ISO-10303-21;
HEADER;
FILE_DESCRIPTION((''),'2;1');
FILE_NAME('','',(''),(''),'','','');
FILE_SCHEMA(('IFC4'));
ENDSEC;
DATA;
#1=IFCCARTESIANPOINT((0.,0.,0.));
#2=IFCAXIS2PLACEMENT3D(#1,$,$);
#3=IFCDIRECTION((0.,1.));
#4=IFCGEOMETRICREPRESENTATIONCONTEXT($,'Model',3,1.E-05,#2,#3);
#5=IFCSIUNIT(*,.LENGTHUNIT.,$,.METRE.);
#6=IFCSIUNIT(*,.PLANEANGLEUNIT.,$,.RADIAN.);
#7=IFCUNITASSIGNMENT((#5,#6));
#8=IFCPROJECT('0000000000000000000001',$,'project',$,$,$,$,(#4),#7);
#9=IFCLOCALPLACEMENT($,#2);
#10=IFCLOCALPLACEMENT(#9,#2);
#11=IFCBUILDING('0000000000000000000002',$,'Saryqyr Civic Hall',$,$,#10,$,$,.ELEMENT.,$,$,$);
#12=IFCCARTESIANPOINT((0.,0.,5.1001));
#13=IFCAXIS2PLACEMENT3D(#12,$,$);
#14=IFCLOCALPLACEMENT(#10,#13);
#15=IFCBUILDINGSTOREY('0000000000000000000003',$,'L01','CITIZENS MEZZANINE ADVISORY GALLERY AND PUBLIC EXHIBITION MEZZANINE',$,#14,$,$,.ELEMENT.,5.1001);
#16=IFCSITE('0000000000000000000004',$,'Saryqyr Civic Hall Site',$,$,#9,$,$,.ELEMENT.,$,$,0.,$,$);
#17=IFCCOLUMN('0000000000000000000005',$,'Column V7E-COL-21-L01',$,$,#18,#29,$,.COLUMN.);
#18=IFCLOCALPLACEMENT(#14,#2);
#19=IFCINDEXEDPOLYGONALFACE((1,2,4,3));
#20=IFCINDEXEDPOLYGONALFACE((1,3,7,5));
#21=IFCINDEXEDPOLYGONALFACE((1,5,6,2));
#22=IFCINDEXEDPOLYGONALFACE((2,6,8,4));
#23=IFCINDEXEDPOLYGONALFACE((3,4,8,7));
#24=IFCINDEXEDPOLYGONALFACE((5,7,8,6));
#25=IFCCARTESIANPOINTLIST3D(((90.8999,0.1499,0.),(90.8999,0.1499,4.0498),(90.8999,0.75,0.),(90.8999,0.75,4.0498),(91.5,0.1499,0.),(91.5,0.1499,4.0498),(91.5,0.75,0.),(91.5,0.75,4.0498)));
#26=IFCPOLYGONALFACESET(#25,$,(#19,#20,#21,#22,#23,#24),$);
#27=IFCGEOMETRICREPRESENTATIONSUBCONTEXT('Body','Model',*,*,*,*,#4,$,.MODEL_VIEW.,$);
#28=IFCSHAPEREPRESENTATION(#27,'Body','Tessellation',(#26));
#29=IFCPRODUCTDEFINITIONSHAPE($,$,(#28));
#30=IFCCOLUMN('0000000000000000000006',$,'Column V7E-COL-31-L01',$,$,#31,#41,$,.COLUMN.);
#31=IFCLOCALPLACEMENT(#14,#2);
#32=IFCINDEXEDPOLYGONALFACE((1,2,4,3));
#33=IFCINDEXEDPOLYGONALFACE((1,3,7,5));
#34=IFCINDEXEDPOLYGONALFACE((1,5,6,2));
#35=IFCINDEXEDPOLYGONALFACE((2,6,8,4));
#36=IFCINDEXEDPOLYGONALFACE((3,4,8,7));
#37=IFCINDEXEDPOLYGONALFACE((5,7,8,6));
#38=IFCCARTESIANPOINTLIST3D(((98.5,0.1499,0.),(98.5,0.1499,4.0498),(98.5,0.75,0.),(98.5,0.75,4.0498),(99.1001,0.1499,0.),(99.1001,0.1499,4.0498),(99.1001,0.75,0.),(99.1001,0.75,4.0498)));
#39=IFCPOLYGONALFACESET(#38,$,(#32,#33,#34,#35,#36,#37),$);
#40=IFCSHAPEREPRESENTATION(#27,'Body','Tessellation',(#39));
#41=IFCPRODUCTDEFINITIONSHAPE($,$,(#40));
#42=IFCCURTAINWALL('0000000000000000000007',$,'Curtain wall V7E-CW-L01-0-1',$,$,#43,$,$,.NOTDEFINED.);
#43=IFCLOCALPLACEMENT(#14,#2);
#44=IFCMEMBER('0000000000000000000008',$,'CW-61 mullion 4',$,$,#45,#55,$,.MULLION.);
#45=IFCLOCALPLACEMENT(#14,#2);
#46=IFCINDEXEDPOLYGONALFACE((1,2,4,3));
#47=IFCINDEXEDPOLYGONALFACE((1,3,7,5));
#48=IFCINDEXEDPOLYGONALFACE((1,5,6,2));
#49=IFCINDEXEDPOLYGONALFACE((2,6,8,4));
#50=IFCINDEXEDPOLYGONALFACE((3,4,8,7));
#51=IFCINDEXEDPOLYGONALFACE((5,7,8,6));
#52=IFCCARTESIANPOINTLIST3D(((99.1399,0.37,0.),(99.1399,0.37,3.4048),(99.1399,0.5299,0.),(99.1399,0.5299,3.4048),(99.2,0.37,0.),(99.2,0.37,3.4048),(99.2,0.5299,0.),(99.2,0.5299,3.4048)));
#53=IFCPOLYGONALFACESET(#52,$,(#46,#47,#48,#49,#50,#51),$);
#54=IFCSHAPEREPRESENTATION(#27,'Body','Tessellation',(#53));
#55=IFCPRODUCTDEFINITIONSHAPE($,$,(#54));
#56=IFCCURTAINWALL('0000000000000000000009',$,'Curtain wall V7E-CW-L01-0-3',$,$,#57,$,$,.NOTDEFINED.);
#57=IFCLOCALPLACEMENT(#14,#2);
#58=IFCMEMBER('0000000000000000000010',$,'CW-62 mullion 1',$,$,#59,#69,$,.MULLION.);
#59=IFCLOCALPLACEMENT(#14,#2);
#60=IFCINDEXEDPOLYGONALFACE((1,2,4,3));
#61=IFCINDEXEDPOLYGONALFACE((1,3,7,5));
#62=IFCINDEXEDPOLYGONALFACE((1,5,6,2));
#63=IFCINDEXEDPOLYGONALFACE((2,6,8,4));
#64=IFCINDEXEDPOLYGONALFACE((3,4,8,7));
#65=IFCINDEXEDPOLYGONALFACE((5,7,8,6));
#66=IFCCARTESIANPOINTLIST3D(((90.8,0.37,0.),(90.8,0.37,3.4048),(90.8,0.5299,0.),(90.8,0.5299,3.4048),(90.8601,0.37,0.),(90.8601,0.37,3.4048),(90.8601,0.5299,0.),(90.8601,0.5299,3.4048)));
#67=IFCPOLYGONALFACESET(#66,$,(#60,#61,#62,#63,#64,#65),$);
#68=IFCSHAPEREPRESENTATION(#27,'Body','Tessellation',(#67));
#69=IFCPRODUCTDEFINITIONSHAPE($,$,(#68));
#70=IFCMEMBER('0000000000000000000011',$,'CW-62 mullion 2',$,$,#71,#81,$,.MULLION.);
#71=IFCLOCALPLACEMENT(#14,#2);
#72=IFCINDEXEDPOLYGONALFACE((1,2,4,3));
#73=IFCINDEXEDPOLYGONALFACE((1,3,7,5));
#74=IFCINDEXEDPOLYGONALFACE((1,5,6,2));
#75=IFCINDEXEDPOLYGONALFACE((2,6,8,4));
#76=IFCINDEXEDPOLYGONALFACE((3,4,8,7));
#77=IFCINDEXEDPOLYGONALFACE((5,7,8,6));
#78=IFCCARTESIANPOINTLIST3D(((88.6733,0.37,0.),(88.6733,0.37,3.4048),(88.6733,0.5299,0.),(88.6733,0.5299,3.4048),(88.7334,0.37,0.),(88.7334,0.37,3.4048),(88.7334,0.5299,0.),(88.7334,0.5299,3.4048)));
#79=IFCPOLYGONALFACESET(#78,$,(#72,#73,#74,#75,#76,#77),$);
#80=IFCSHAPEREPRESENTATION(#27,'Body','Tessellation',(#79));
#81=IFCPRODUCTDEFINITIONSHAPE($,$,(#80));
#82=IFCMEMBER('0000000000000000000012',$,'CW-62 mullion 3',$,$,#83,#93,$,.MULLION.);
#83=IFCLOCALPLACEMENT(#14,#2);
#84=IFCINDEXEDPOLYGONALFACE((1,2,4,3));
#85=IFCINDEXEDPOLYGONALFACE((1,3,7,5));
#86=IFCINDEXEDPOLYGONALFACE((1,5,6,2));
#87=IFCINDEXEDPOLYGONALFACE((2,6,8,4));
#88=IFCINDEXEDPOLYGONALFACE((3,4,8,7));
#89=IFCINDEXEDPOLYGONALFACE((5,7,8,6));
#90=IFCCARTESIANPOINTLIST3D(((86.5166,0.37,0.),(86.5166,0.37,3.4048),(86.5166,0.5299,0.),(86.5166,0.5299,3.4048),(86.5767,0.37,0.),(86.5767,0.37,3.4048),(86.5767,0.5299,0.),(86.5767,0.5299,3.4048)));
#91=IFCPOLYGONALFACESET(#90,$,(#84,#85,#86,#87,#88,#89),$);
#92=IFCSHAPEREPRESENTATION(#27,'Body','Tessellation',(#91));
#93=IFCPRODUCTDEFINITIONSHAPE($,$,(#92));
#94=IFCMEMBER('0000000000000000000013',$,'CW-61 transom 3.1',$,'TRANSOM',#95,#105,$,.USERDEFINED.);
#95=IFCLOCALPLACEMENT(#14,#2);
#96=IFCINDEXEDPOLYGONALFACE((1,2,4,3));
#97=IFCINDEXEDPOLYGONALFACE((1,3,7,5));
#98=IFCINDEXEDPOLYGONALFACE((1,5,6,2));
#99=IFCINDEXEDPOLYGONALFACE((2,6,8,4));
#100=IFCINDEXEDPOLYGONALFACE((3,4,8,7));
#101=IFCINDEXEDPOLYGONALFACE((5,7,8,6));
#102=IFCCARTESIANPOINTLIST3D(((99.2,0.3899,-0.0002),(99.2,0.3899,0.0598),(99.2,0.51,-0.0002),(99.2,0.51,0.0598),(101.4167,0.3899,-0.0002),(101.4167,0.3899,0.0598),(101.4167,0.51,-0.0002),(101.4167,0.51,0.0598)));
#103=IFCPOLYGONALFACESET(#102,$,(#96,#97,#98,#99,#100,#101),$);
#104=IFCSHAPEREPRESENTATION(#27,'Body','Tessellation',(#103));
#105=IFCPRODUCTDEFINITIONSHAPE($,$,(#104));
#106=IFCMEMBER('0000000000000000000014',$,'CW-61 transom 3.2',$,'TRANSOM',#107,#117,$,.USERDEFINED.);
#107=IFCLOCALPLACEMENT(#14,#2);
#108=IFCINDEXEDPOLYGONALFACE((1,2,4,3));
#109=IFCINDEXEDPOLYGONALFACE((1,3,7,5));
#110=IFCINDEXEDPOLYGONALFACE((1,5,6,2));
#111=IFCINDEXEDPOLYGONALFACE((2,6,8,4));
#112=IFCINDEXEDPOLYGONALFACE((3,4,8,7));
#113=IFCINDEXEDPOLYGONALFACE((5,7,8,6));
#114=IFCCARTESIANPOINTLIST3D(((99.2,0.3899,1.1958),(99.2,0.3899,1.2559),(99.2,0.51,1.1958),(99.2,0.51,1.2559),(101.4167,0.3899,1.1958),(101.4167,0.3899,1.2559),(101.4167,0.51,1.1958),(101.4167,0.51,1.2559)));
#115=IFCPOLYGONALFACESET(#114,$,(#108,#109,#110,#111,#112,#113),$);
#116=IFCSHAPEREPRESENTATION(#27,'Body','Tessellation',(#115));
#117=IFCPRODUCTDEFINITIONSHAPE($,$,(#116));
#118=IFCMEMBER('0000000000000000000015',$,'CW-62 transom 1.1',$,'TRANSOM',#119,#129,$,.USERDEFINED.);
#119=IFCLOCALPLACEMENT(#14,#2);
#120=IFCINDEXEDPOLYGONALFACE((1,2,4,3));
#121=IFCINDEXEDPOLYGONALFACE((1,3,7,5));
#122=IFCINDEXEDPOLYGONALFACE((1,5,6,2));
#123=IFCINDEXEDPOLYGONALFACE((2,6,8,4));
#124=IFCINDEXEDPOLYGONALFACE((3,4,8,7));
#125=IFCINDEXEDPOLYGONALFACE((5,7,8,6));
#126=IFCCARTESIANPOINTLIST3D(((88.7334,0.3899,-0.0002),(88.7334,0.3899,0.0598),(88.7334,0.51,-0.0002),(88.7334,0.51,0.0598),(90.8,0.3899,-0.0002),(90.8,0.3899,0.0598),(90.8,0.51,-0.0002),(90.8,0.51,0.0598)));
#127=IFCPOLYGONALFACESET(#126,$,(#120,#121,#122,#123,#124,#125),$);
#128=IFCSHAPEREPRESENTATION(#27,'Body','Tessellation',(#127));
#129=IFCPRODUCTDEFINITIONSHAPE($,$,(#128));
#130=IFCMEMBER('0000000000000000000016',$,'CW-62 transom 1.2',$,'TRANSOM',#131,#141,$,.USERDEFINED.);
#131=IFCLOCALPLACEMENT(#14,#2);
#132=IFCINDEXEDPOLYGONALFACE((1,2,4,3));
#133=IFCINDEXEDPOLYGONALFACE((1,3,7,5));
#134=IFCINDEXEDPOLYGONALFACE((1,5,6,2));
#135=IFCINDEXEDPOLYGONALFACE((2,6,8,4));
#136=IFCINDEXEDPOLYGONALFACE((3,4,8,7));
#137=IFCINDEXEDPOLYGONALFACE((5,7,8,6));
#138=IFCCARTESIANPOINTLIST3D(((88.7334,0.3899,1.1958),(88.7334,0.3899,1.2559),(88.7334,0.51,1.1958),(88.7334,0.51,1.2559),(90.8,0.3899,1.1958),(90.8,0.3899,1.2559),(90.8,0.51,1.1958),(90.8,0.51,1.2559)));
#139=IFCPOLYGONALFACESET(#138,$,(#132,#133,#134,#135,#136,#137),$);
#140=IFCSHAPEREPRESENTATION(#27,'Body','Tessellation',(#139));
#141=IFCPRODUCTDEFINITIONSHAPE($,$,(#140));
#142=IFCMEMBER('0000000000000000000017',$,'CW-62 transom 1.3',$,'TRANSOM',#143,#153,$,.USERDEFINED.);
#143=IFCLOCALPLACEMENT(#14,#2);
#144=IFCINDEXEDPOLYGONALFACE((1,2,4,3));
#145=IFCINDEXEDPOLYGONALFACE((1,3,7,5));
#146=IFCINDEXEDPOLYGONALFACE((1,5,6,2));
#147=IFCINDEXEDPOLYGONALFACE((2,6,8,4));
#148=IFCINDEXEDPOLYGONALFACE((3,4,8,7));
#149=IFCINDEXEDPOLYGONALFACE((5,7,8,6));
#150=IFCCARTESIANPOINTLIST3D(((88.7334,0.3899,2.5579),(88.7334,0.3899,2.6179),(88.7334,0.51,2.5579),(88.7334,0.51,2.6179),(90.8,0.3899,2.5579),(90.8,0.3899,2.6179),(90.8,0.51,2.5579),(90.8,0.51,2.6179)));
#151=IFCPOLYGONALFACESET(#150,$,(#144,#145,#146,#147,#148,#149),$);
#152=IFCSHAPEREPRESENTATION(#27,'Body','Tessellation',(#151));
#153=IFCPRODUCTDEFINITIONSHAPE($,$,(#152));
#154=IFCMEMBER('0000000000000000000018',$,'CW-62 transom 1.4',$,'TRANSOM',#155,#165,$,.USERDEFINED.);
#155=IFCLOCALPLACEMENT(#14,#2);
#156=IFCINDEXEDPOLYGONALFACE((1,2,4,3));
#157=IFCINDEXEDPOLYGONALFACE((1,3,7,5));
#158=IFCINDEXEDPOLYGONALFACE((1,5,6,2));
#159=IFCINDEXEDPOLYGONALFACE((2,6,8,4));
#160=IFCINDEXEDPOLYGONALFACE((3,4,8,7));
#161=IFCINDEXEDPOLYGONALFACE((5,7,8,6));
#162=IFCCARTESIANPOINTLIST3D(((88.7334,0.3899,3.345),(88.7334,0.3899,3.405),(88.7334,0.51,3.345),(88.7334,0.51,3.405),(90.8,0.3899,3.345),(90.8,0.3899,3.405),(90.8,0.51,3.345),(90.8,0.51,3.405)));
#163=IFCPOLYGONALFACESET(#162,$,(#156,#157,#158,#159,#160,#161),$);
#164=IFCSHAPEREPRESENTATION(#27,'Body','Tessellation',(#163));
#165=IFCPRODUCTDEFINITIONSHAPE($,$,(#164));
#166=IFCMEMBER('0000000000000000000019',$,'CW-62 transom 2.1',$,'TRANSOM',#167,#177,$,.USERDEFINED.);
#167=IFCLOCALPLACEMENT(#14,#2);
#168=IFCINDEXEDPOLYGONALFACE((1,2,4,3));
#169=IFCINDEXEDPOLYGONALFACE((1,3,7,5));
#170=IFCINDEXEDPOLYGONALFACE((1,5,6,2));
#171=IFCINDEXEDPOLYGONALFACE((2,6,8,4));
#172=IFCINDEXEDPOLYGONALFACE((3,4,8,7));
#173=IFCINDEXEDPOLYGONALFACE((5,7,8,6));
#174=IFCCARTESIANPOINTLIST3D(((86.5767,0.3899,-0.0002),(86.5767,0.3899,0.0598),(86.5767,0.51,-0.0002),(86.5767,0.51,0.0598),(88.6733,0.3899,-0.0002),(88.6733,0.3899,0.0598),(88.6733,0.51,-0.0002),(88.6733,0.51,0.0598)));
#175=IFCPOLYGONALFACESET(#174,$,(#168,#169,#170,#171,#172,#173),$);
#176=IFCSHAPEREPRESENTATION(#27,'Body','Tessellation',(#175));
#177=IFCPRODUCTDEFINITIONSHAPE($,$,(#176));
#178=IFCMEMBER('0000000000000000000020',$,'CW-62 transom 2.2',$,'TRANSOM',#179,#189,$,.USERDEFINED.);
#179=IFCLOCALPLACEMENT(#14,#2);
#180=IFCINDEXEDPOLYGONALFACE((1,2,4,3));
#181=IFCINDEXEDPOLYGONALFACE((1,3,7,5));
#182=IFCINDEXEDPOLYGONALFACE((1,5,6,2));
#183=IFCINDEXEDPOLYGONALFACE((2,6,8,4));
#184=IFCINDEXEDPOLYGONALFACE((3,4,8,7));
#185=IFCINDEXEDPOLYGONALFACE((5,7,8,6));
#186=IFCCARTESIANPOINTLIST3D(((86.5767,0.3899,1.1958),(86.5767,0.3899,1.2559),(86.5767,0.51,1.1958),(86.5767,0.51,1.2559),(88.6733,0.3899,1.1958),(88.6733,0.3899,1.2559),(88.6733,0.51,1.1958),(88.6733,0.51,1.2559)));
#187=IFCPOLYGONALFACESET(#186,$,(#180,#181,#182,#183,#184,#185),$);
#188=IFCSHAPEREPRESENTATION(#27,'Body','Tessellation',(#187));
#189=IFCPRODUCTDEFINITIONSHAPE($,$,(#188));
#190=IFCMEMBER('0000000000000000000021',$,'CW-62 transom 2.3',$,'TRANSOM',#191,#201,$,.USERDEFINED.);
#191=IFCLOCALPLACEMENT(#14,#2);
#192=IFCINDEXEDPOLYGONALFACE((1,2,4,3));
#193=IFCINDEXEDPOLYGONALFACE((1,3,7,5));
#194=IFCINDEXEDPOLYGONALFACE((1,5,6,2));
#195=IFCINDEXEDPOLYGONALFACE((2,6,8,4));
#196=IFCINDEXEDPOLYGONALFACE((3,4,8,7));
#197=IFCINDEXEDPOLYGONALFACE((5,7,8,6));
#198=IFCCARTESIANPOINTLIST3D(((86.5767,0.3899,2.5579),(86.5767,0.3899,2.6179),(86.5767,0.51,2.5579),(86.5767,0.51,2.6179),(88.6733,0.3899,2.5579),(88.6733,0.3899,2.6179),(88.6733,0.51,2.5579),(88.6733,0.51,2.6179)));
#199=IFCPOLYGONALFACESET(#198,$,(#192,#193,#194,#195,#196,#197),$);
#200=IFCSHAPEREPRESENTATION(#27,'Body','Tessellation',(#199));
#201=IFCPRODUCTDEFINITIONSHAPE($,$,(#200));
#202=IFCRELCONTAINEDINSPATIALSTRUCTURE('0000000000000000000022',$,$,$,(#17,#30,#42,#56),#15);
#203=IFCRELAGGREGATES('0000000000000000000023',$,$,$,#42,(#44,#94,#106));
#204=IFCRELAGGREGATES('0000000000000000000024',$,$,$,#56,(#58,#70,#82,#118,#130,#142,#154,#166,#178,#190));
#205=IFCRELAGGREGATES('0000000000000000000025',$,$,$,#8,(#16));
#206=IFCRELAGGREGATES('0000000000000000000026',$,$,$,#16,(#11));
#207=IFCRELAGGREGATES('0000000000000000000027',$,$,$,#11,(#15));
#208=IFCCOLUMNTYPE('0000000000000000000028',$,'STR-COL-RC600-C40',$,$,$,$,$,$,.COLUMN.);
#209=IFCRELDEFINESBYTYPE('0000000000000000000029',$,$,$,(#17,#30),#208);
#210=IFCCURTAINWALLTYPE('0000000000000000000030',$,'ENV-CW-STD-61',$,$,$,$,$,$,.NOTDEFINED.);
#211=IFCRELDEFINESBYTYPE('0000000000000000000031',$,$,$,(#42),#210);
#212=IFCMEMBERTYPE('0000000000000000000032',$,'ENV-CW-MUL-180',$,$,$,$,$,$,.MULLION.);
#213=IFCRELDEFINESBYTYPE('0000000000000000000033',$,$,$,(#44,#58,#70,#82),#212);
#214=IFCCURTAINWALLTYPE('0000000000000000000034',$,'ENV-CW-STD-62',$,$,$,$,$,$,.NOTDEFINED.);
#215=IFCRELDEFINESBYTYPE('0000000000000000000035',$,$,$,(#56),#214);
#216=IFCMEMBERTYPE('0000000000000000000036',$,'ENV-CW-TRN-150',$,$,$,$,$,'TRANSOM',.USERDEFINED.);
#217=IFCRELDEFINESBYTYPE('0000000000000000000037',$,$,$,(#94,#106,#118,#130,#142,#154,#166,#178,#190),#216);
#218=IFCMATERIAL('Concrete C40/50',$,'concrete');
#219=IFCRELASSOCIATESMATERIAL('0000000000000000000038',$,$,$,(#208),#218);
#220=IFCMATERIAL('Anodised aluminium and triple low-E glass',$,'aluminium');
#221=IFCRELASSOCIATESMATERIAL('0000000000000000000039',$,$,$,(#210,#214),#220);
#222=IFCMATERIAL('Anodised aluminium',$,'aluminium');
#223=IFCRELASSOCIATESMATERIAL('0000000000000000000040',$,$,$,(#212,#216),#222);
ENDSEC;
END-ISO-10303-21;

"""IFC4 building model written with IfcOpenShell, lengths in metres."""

from ifc_helpers import new_model, si_unit, direction, frame, origin, origin_2d, place, context, subcontext, project, spatial, rectangle, extrude, material, material_profile, profile_set, type_object, element, aggregate, save


model = new_model("IFC4")

# Units and contexts
model_context = context("Model", 3, precision=1e-05, world=origin(), true_north=direction((0.0, 1.0)))
body_context = subcontext(model_context, "Body", "Model", "MODEL_VIEW")
ifc_project = project(units=[si_unit("LENGTHUNIT", "METRE"), si_unit("PLANEANGLEUNIT", "RADIAN")], contexts=[model_context])

# Site, building, storey
site_placement = place(None, origin())
site = spatial("IfcSite", under=ifc_project, at=site_placement, Name="Saryqyr Civic Hall Site", CompositionType="ELEMENT", RefElevation=0.0)
building_placement = place(site_placement, origin())
building = spatial("IfcBuilding", under=site, at=building_placement, Name="Saryqyr Civic Hall", CompositionType="ELEMENT")
storey_placement = place(building_placement, frame((0.0, 0.0, 5.1001)))
storey = spatial("IfcBuildingStorey", under=building, at=storey_placement, Name="L01", Description="CITIZENS MEZZANINE ADVISORY GALLERY AND PUBLIC EXHIBITION MEZZANINE", CompositionType="ELEMENT", Elevation=5.1001)

# Columns
ifc_material_1 = material(Name="Concrete C40/50", Category="concrete")
ifc_material_profile_1 = material_profile(ifc_material_1, rectangle(XDim=0.6001, YDim=0.6001, at=origin_2d()), Name="RC 600x600")
ifc_profile_set_1 = profile_set([ifc_material_profile_1], Name="Concrete C40/50")
column_type = type_object("IfcColumnType", Name="STR-COL-RC600-C40", PredefinedType="COLUMN", material=ifc_profile_set_1)
for number, where, z_axis, x_axis, name in (
    (1, (91.2, 0.45, 0.0), (0.0, 0.0, 1.0), (1.0, 0.0, 0.0), "Column V7E-COL-21-L01"),
    (2, (98.8, 0.45, 0.0), (0.0, 0.0, 1.0), (1.0, 0.0, 0.0), "Column V7E-COL-31-L01"),
):
    element("IfcColumn", number, at=place(storey_placement, frame(where, z_axis=z_axis, x_axis=x_axis)), inside=storey, type_object=column_type, Name=name, PredefinedType="COLUMN", context=body_context, shape_type="SweptSolid", body=[
        extrude(rectangle(XDim=0.6001, YDim=0.6001, at=origin_2d()), origin(), (0.0, 0.0, 1.0), 4.0498),
    ])

# Curtain wall, member
ifc_material_2 = material(Name="Anodised aluminium and triple low-E glass", Category="aluminium")
curtain_wall_type_1 = type_object("IfcCurtainWallType", Name="ENV-CW-STD-61", PredefinedType="NOTDEFINED", material=ifc_material_2)
curtain_wall_1_placement = place(storey_placement, origin())
curtain_wall_1 = element("IfcCurtainWall", 3, at=curtain_wall_1_placement, inside=storey, type_object=curtain_wall_type_1, Name="Curtain wall V7E-CW-L01-0-1", PredefinedType="NOTDEFINED")
ifc_material_3 = material(Name="Anodised aluminium", Category="aluminium")
ifc_material_profile_2 = material_profile(ifc_material_3, rectangle(XDim=0.0601, YDim=0.1599, at=origin_2d()), Name="ALU MULLION 60x160")
ifc_profile_set_2 = profile_set([ifc_material_profile_2], Name="Anodised aluminium")
member_type_1 = type_object("IfcMemberType", Name="ENV-CW-MUL-180", PredefinedType="MULLION", material=ifc_profile_set_2)
member_1_placement = place(storey_placement, frame((99.1699, 0.45, 0.0), z_axis=(0.0, 0.0, 1.0), x_axis=(-1.0, 0.0, 0.0)))
member_1 = element("IfcMember", 4, at=member_1_placement, type_object=member_type_1, Name="CW-61 mullion 4", PredefinedType="MULLION", context=body_context, shape_type="SweptSolid", body=[
    extrude(rectangle(XDim=0.0601, YDim=0.1599, at=origin_2d()), origin(), (0.0, 0.0, 1.0), 3.4048),
])

# Curtain wall, members
curtain_wall_type_2 = type_object("IfcCurtainWallType", Name="ENV-CW-STD-62", PredefinedType="NOTDEFINED", material=ifc_material_2)
curtain_wall_2_placement = place(storey_placement, origin())
curtain_wall_2 = element("IfcCurtainWall", 5, at=curtain_wall_2_placement, inside=storey, type_object=curtain_wall_type_2, Name="Curtain wall V7E-CW-L01-0-3", PredefinedType="NOTDEFINED")
member_2_placement = place(storey_placement, frame((90.8301, 0.45, 0.0), z_axis=(0.0, 0.0, 1.0), x_axis=(-1.0, 0.0, 0.0)))
member_2 = element("IfcMember", 6, at=member_2_placement, type_object=member_type_1, Name="CW-62 mullion 1", PredefinedType="MULLION", context=body_context, shape_type="SweptSolid", body=[
    extrude(rectangle(XDim=0.0601, YDim=0.1599, at=origin_2d()), origin(), (0.0, 0.0, 1.0), 3.4048),
])
member_3_placement = place(storey_placement, frame((88.7034, 0.45, 0.0), z_axis=(0.0, 0.0, 1.0), x_axis=(-1.0, 0.0, 0.0)))
member_3 = element("IfcMember", 7, at=member_3_placement, type_object=member_type_1, Name="CW-62 mullion 2", PredefinedType="MULLION", context=body_context, shape_type="SweptSolid", body=[
    extrude(rectangle(XDim=0.0601, YDim=0.1599, at=origin_2d()), origin(), (0.0, 0.0, 1.0), 3.4048),
])
member_4_placement = place(storey_placement, frame((86.5466, 0.45, 0.0), z_axis=(0.0, 0.0, 1.0), x_axis=(-1.0, 0.0, 0.0)))
member_4 = element("IfcMember", 8, at=member_4_placement, type_object=member_type_1, Name="CW-62 mullion 3", PredefinedType="MULLION", context=body_context, shape_type="SweptSolid", body=[
    extrude(rectangle(XDim=0.0601, YDim=0.1599, at=origin_2d()), origin(), (0.0, 0.0, 1.0), 3.4048),
])

# Members
ifc_material_profile_3 = material_profile(ifc_material_3, rectangle(XDim=0.1201, YDim=0.0601, at=origin_2d()), Name="ALU TRANSOM 120x60")
ifc_profile_set_3 = profile_set([ifc_material_profile_3], Name="Anodised aluminium")
member_type_2 = type_object("IfcMemberType", Name="ENV-CW-TRN-150", ElementType="TRANSOM", PredefinedType="USERDEFINED", material=ifc_profile_set_3)
member_5_placement = place(storey_placement, frame((101.4167, 0.45, 0.0298), z_axis=(-1.0, 0.0, 0.0), x_axis=(0.0, -1.0, 0.0)))
member_5 = element("IfcMember", 9, at=member_5_placement, type_object=member_type_2, Name="CW-61 transom 3.1", ObjectType="TRANSOM", PredefinedType="USERDEFINED", context=body_context, shape_type="SweptSolid", body=[
    extrude(rectangle(XDim=0.1201, YDim=0.0601, at=origin_2d()), origin(), (0.0, 0.0, 1.0), 2.2168),
])
member_6_placement = place(storey_placement, frame((101.4167, 0.45, 1.2258), z_axis=(-1.0, 0.0, 0.0), x_axis=(0.0, -1.0, 0.0)))
member_6 = element("IfcMember", 10, at=member_6_placement, type_object=member_type_2, Name="CW-61 transom 3.2", ObjectType="TRANSOM", PredefinedType="USERDEFINED", context=body_context, shape_type="SweptSolid", body=[
    extrude(rectangle(XDim=0.1201, YDim=0.0601, at=origin_2d()), origin(), (0.0, 0.0, 1.0), 2.2168),
])
member_7_placement = place(storey_placement, frame((90.8, 0.45, 0.0298), z_axis=(-1.0, 0.0, 0.0), x_axis=(0.0, -1.0, 0.0)))
member_7 = element("IfcMember", 11, at=member_7_placement, type_object=member_type_2, Name="CW-62 transom 1.1", ObjectType="TRANSOM", PredefinedType="USERDEFINED", context=body_context, shape_type="SweptSolid", body=[
    extrude(rectangle(XDim=0.1201, YDim=0.0601, at=origin_2d()), origin(), (0.0, 0.0, 1.0), 2.0667),
])
member_8_placement = place(storey_placement, frame((90.8, 0.45, 1.2258), z_axis=(-1.0, 0.0, 0.0), x_axis=(0.0, -1.0, 0.0)))
member_8 = element("IfcMember", 12, at=member_8_placement, type_object=member_type_2, Name="CW-62 transom 1.2", ObjectType="TRANSOM", PredefinedType="USERDEFINED", context=body_context, shape_type="SweptSolid", body=[
    extrude(rectangle(XDim=0.1201, YDim=0.0601, at=origin_2d()), origin(), (0.0, 0.0, 1.0), 2.0667),
])
member_9_placement = place(storey_placement, frame((90.8, 0.45, 2.5879), z_axis=(-1.0, 0.0, 0.0), x_axis=(0.0, -1.0, 0.0)))
member_9 = element("IfcMember", 13, at=member_9_placement, type_object=member_type_2, Name="CW-62 transom 1.3", ObjectType="TRANSOM", PredefinedType="USERDEFINED", context=body_context, shape_type="SweptSolid", body=[
    extrude(rectangle(XDim=0.1201, YDim=0.0601, at=origin_2d()), origin(), (0.0, 0.0, 1.0), 2.0667),
])
member_10_placement = place(storey_placement, frame((90.8, 0.45, 3.375), z_axis=(-1.0, 0.0, 0.0), x_axis=(0.0, -1.0, 0.0)))
member_10 = element("IfcMember", 14, at=member_10_placement, type_object=member_type_2, Name="CW-62 transom 1.4", ObjectType="TRANSOM", PredefinedType="USERDEFINED", context=body_context, shape_type="SweptSolid", body=[
    extrude(rectangle(XDim=0.1201, YDim=0.0601, at=origin_2d()), origin(), (0.0, 0.0, 1.0), 2.0667),
])
member_11_placement = place(storey_placement, frame((88.6733, 0.45, 0.0298), z_axis=(-1.0, 0.0, 0.0), x_axis=(0.0, -1.0, 0.0)))
member_11 = element("IfcMember", 15, at=member_11_placement, type_object=member_type_2, Name="CW-62 transom 2.1", ObjectType="TRANSOM", PredefinedType="USERDEFINED", context=body_context, shape_type="SweptSolid", body=[
    extrude(rectangle(XDim=0.1201, YDim=0.0601, at=origin_2d()), origin(), (0.0, 0.0, 1.0), 2.0967),
])
member_12_placement = place(storey_placement, frame((88.6733, 0.45, 1.2258), z_axis=(-1.0, 0.0, 0.0), x_axis=(0.0, -1.0, 0.0)))
member_12 = element("IfcMember", 16, at=member_12_placement, type_object=member_type_2, Name="CW-62 transom 2.2", ObjectType="TRANSOM", PredefinedType="USERDEFINED", context=body_context, shape_type="SweptSolid", body=[
    extrude(rectangle(XDim=0.1201, YDim=0.0601, at=origin_2d()), origin(), (0.0, 0.0, 1.0), 2.0967),
])
member_13_placement = place(storey_placement, frame((88.6733, 0.45, 2.5879), z_axis=(-1.0, 0.0, 0.0), x_axis=(0.0, -1.0, 0.0)))
member_13 = element("IfcMember", 17, at=member_13_placement, type_object=member_type_2, Name="CW-62 transom 2.3", ObjectType="TRANSOM", PredefinedType="USERDEFINED", context=body_context, shape_type="SweptSolid", body=[
    extrude(rectangle(XDim=0.1201, YDim=0.0601, at=origin_2d()), origin(), (0.0, 0.0, 1.0), 2.0967),
])

aggregate(curtain_wall_1, [member_1, member_5, member_6])
aggregate(curtain_wall_2, [member_2, member_3, member_4, member_7, member_8, member_9, member_10, member_11, member_12, member_13])

save(model, "model.ifc")
